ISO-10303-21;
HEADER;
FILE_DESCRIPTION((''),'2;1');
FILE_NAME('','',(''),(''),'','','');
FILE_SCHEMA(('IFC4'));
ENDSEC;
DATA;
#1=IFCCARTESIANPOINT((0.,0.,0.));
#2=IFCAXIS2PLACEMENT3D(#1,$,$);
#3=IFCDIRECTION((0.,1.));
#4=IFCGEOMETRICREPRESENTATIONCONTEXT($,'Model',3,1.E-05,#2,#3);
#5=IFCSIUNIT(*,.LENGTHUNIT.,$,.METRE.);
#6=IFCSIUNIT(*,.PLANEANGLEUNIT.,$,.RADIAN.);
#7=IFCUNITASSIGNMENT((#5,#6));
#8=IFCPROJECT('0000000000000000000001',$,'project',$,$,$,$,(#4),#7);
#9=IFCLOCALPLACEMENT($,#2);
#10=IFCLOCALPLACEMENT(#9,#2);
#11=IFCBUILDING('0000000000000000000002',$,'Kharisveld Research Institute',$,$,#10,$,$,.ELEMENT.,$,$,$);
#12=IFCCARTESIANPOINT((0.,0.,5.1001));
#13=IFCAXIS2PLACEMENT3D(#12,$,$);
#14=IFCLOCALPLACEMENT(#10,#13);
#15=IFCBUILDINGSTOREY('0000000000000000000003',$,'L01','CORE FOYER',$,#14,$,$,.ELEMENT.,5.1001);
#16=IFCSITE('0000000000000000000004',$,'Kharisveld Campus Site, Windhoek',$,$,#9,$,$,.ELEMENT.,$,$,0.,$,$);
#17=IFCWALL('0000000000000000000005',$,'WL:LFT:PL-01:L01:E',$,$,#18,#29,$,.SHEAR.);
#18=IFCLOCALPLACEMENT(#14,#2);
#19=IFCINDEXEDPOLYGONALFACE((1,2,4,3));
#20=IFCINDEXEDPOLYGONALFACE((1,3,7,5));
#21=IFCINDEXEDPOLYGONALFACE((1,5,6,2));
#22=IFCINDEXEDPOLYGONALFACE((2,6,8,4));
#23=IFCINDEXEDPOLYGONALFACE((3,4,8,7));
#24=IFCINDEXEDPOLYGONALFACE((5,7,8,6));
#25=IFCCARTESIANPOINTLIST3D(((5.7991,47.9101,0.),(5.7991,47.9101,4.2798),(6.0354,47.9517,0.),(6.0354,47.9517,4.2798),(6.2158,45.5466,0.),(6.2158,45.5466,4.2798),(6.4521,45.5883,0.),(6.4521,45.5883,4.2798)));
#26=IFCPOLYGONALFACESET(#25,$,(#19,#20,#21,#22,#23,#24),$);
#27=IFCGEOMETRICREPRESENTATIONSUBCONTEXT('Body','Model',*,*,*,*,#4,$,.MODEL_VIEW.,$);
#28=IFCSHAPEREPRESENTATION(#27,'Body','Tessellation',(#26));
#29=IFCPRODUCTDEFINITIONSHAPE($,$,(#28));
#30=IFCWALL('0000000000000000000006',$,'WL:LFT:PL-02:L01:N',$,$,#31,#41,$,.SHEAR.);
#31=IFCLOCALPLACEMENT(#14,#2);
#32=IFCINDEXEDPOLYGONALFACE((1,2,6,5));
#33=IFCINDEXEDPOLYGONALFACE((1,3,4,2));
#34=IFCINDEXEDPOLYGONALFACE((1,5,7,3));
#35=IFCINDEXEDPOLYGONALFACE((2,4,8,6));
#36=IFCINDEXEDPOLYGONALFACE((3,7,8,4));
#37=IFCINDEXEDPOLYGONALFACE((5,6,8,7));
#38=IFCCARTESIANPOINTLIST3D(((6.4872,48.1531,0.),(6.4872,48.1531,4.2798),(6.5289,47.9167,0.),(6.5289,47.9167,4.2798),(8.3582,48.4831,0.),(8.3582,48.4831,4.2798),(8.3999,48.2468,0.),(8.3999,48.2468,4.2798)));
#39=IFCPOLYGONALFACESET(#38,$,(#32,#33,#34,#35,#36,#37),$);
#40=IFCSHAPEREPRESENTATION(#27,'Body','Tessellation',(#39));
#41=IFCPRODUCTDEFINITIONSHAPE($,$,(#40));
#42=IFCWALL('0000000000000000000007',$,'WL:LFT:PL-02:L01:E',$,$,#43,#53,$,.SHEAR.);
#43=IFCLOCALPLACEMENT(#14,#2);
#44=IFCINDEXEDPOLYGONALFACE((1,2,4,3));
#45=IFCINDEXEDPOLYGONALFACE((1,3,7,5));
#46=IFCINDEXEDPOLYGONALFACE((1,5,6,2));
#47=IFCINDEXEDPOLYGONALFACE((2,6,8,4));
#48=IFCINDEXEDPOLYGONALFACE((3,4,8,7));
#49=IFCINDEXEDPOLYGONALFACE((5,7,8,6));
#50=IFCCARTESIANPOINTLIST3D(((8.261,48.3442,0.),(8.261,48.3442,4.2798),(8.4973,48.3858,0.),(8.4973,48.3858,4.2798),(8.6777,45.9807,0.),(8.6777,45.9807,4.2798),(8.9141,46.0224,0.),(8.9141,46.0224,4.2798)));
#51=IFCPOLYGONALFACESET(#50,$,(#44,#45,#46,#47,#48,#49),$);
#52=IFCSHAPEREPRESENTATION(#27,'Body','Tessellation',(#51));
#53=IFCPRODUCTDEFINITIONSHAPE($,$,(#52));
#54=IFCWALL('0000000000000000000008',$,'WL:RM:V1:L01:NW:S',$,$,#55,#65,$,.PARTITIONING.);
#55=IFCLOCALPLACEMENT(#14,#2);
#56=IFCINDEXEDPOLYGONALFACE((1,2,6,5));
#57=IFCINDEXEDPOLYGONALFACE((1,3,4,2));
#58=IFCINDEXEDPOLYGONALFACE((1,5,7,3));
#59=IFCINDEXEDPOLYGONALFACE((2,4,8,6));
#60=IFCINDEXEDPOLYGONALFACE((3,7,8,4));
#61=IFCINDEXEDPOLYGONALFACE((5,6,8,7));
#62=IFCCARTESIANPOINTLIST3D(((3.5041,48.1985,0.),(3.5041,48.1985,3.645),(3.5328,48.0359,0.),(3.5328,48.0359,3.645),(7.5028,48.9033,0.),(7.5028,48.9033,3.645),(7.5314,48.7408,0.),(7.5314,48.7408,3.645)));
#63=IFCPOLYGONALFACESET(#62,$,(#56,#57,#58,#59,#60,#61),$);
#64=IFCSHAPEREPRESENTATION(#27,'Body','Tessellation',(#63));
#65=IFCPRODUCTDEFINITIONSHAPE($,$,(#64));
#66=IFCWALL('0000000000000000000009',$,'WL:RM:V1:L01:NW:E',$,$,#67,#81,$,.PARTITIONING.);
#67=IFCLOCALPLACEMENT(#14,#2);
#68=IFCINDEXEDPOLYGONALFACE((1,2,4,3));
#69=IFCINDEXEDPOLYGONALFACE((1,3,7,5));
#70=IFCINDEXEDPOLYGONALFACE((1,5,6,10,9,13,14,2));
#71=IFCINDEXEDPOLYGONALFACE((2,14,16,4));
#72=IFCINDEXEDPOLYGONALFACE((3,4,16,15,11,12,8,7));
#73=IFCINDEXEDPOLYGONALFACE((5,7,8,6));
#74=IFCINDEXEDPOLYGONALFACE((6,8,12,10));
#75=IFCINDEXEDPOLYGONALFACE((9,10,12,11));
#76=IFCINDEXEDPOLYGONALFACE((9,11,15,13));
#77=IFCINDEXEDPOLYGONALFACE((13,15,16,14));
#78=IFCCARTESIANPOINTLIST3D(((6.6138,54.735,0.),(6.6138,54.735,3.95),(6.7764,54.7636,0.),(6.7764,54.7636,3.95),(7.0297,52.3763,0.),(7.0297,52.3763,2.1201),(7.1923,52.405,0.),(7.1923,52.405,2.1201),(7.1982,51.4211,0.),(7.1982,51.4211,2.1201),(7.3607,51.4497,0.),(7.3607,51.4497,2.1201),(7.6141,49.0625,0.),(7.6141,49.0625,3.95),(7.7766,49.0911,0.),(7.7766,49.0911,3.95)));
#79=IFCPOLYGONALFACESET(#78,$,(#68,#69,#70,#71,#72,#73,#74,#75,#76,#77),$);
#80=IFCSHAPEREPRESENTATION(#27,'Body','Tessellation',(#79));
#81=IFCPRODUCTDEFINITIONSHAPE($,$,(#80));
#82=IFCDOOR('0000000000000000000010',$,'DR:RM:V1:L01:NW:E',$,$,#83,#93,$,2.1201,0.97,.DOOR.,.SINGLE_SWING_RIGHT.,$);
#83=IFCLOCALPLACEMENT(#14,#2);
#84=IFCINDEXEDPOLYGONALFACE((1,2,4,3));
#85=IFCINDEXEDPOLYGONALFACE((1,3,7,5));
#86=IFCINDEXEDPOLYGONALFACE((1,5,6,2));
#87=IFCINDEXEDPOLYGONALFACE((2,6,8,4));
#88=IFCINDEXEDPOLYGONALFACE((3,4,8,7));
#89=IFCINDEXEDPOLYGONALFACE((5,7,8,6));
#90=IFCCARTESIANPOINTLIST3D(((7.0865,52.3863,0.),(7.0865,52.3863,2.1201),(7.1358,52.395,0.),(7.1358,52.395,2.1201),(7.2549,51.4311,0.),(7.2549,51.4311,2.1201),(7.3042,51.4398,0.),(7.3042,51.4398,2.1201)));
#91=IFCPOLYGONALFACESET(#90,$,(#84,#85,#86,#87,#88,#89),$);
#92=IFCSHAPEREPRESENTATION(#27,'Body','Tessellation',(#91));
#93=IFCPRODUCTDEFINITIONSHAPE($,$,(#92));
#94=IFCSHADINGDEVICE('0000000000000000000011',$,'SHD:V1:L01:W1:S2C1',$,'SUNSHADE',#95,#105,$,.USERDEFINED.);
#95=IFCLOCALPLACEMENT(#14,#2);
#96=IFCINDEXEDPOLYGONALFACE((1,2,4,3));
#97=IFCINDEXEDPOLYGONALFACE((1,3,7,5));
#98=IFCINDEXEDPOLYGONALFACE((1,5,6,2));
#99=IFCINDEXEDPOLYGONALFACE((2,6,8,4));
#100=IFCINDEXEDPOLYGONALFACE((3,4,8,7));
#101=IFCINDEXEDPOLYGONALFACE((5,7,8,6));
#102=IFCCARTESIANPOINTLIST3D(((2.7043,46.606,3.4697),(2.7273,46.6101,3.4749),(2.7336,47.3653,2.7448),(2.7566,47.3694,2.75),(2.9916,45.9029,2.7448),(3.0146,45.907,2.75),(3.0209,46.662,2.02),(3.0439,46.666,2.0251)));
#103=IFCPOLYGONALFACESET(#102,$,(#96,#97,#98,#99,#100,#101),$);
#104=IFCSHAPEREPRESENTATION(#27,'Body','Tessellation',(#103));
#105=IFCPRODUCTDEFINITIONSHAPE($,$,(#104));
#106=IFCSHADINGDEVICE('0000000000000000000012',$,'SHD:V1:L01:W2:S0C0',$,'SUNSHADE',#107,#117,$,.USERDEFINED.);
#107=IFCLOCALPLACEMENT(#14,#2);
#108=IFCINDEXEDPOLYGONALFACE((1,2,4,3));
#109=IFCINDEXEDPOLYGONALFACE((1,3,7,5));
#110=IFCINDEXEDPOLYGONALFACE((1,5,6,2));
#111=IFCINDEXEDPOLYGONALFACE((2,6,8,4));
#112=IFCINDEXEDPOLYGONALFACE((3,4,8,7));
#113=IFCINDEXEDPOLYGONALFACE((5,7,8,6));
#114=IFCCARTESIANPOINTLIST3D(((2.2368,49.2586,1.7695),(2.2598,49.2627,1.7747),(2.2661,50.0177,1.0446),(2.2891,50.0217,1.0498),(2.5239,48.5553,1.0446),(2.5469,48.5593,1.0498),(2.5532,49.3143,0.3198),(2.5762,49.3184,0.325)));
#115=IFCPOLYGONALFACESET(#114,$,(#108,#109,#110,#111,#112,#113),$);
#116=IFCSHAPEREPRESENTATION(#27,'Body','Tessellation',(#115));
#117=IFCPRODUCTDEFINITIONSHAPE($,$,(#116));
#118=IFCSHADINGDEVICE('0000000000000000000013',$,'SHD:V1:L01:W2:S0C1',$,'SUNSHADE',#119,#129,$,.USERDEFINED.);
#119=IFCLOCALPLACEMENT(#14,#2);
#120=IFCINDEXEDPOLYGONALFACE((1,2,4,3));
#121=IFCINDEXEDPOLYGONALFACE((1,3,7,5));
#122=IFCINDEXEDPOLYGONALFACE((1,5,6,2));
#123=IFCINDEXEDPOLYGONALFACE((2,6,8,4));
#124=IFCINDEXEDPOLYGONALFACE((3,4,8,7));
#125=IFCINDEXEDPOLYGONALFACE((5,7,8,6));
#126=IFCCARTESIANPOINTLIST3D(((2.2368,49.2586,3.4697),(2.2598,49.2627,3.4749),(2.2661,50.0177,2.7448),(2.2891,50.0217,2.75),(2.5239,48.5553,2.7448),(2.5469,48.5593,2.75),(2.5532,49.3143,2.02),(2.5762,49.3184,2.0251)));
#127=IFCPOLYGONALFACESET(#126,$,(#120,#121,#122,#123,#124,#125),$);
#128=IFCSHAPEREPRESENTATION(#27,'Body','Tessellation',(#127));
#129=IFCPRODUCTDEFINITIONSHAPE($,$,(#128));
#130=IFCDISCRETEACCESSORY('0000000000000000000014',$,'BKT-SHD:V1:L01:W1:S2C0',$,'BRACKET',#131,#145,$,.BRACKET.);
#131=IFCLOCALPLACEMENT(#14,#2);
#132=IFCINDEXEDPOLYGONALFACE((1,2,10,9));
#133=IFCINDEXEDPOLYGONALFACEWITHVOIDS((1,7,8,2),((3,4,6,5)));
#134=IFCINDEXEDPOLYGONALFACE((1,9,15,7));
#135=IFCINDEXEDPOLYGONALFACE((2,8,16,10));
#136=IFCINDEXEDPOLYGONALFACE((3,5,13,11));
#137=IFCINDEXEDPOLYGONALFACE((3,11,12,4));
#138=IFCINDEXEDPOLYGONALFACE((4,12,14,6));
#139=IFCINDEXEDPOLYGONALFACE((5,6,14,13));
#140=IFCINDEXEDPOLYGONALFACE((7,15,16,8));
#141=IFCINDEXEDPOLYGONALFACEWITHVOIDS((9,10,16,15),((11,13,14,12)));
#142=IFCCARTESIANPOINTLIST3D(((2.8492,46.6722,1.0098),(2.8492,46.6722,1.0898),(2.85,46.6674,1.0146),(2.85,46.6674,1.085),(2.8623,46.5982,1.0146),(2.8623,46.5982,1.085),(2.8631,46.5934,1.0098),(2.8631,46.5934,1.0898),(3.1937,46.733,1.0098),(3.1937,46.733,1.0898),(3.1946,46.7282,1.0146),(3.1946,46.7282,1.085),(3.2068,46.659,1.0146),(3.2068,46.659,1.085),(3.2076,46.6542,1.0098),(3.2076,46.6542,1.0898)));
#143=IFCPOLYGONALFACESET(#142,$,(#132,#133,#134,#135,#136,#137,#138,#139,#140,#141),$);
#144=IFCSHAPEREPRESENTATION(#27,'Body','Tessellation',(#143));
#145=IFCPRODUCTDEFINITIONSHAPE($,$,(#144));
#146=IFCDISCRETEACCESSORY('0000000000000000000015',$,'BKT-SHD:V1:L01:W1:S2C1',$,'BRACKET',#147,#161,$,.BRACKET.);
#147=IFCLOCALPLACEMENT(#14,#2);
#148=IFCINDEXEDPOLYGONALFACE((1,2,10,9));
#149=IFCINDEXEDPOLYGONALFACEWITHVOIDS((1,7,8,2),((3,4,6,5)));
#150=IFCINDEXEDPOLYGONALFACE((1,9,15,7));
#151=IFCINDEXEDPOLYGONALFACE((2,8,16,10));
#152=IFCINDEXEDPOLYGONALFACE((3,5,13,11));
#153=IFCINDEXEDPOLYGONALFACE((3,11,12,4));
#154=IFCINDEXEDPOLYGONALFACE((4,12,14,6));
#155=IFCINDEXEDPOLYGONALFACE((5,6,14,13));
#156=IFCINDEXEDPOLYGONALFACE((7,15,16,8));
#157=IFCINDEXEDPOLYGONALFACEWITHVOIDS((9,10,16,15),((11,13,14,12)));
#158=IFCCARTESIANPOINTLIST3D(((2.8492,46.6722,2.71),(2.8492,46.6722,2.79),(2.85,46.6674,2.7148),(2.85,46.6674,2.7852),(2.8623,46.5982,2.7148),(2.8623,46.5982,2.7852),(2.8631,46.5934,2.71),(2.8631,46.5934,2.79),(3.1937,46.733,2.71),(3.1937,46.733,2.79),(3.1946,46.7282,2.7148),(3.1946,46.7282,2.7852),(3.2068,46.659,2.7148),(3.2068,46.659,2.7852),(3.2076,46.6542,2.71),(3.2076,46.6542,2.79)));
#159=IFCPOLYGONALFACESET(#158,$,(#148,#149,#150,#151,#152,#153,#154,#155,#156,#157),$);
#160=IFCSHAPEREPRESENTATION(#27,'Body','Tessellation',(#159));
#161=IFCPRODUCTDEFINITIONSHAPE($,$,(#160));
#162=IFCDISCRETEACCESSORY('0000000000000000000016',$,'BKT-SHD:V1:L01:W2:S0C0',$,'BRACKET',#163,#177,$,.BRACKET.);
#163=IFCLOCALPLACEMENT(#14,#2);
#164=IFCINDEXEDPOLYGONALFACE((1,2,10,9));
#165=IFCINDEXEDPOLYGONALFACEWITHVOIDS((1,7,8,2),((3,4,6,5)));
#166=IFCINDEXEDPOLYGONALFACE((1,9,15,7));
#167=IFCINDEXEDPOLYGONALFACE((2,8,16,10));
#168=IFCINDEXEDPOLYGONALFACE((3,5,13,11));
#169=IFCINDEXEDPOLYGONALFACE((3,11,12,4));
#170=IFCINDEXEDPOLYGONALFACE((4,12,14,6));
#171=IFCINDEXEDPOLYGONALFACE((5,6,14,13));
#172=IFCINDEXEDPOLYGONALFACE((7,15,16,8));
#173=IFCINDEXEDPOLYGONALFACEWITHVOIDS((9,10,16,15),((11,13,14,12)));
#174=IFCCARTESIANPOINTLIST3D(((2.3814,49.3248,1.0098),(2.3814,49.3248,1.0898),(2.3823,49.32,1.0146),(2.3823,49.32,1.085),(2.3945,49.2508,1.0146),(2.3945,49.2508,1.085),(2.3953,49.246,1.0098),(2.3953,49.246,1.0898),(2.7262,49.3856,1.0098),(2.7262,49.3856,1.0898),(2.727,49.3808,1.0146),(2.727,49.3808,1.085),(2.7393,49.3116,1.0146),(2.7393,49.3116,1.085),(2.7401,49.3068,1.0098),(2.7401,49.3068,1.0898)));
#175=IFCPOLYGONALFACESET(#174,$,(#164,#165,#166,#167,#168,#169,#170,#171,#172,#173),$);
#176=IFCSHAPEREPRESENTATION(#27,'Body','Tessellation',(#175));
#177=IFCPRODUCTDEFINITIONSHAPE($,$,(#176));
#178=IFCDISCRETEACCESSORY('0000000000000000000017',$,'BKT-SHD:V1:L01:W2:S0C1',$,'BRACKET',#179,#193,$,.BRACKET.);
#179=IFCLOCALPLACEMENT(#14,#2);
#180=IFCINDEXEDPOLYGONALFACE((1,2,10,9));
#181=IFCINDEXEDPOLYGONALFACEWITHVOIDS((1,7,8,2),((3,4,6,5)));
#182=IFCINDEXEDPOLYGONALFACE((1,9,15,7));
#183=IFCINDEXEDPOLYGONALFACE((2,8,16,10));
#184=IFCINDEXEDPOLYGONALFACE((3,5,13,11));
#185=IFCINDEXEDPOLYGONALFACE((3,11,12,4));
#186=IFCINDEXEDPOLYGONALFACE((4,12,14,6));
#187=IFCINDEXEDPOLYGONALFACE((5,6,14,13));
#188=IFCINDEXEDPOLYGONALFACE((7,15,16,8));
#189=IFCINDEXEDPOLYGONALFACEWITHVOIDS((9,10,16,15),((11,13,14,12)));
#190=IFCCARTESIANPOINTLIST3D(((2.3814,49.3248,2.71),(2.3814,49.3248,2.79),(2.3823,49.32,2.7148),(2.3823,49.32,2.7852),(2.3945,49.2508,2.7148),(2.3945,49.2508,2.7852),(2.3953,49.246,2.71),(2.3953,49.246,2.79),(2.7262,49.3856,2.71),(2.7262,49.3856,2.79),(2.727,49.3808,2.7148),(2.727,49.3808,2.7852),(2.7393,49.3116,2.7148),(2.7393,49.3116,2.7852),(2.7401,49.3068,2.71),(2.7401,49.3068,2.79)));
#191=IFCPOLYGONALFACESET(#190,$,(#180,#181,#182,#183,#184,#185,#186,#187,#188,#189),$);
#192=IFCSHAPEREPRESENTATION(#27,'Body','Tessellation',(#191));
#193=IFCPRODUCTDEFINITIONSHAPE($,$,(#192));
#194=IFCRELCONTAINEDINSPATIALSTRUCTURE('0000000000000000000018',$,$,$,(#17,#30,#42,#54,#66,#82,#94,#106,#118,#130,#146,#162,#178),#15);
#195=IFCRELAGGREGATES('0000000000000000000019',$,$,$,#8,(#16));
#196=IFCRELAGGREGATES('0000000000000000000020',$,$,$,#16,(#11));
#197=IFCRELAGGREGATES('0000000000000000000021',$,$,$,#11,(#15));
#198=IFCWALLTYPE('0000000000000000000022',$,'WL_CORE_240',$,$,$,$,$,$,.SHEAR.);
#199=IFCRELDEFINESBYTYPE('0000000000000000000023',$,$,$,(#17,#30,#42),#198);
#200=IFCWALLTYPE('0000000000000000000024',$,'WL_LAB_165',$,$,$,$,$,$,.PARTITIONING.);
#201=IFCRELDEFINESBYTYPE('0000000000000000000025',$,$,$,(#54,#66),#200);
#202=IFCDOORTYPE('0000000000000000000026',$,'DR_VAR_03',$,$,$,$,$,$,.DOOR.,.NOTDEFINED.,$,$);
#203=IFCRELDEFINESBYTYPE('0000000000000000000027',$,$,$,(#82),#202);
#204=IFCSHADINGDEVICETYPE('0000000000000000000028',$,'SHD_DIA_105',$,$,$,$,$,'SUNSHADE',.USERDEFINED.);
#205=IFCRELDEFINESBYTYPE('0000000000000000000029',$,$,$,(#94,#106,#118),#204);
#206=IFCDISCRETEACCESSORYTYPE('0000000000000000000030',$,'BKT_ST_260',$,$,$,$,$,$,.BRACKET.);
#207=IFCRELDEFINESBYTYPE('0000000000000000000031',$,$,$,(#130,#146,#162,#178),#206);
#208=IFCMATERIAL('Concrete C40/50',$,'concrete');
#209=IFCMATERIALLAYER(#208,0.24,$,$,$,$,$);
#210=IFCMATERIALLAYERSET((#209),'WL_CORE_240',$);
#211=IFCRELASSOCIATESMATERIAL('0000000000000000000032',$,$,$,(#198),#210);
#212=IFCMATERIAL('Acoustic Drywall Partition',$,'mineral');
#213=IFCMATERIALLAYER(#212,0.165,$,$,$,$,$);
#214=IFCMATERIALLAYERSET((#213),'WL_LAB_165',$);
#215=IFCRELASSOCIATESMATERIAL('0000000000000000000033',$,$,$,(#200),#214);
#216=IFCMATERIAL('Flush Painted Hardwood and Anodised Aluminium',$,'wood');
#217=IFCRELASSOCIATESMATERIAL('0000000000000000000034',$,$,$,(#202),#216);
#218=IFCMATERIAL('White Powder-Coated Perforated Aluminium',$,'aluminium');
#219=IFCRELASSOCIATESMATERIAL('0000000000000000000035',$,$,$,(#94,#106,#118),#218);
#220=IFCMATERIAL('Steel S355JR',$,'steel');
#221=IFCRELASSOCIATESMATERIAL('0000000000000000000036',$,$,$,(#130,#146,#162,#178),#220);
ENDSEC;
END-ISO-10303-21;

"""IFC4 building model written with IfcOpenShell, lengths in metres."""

from ifc_helpers import new_model, si_unit, direction, frame, frame_2d, origin, origin_2d, place, context, subcontext, project, spatial, polyline, rectangle, hollow_rectangle, outline, extrude, material, layer, layer_set, type_object, element, fill, save


model = new_model("IFC4")

# Units and contexts
model_context = context("Model", 3, precision=1e-05, world=origin(), true_north=direction((0.0, 1.0)))
body_context = subcontext(model_context, "Body", "Model", "MODEL_VIEW")
ifc_project = project(units=[si_unit("LENGTHUNIT", "METRE"), si_unit("PLANEANGLEUNIT", "RADIAN")], contexts=[model_context])

# Site, building, storey
site_placement = place(None, origin())
site = spatial("IfcSite", under=ifc_project, at=site_placement, Name="Kharisveld Campus Site, Windhoek", CompositionType="ELEMENT", RefElevation=0.0)
building_placement = place(site_placement, origin())
building = spatial("IfcBuilding", under=site, at=building_placement, Name="Kharisveld Research Institute", CompositionType="ELEMENT")
storey_placement = place(building_placement, frame((0.0, 0.0, 5.1001)))
storey = spatial("IfcBuildingStorey", under=building, at=storey_placement, Name="L01", Description="CORE FOYER", CompositionType="ELEMENT", Elevation=5.1001)

# Walls
ifc_material_1 = material(Name="Concrete C40/50", Category="concrete")
ifc_layer_1 = layer(ifc_material_1, 0.24)
ifc_layer_set_1 = layer_set([ifc_layer_1], Name="WL_CORE_240")
wall_type_1 = type_object("IfcWallType", Name="WL_CORE_240", PredefinedType="SHEAR", material=ifc_layer_set_1)
wall_1_placement = place(storey_placement, frame((5.9172, 47.9309, 0.0), z_axis=(0.0, 0.0, 1.0), x_axis=(0.173646, -0.984808, 0.0)))
element("IfcWall", 1, at=wall_1_placement, inside=storey, type_object=wall_type_1, Name="WL:LFT:PL-01:L01:E", PredefinedType="SHEAR", context=body_context, shape_type="SweptSolid", body=[
    extrude(rectangle(XDim=2.3999, YDim=0.24, at=frame_2d((1.2, 0.0))), origin(), (0.0, 0.0, 1.0), 4.2798),
])
wall_2_placement = place(storey_placement, frame((6.5081, 48.0349, 0.0), z_axis=(0.0, 0.0, 1.0), x_axis=(0.984794, 0.173727, 0.0)))
element("IfcWall", 2, at=wall_2_placement, inside=storey, type_object=wall_type_1, Name="WL:LFT:PL-02:L01:N", PredefinedType="SHEAR", context=body_context, shape_type="SweptSolid", body=[
    extrude(rectangle(XDim=1.8999, YDim=0.24, at=frame_2d((0.95, 0.0))), origin(), (0.0, 0.0, 1.0), 4.2798),
])
wall_3_placement = place(storey_placement, frame((8.3792, 48.365, 0.0), z_axis=(0.0, 0.0, 1.0), x_axis=(0.173646, -0.984808, 0.0)))
element("IfcWall", 3, at=wall_3_placement, inside=storey, type_object=wall_type_1, Name="WL:LFT:PL-02:L01:E", PredefinedType="SHEAR", context=body_context, shape_type="SweptSolid", body=[
    extrude(rectangle(XDim=2.3999, YDim=0.24, at=frame_2d((1.2, 0.0))), origin(), (0.0, 0.0, 1.0), 4.2798),
])
ifc_material_2 = material(Name="Acoustic Drywall Partition", Category="mineral")
ifc_layer_2 = layer(ifc_material_2, 0.165)
ifc_layer_set_2 = layer_set([ifc_layer_2], Name="WL_LAB_165")
wall_type_2 = type_object("IfcWallType", Name="WL_LAB_165", PredefinedType="PARTITIONING", material=ifc_layer_set_2)
wall_4_placement = place(storey_placement, frame((3.5183, 48.1172, 0.0), z_axis=(0.0, 0.0, 1.0), x_axis=(0.984817, 0.173597, 0.0)))
element("IfcWall", 4, at=wall_4_placement, inside=storey, type_object=wall_type_2, Name="WL:RM:V1:L01:NW:S", PredefinedType="PARTITIONING", context=body_context, shape_type="SweptSolid", body=[
    extrude(rectangle(XDim=4.0603, YDim=0.165, at=frame_2d((2.0303, 0.0))), origin(), (0.0, 0.0, 1.0), 3.645),
])

# Wall, opening, door
wall_5_placement = place(storey_placement, frame((7.6953, 49.0769, 0.0), z_axis=(0.0, 0.0, 1.0), x_axis=(-0.17365, 0.984807, 0.0)))
wall_5 = element("IfcWall", 5, at=wall_5_placement, inside=storey, type_object=wall_type_2, Name="WL:RM:V1:L01:NW:E", PredefinedType="PARTITIONING", context=body_context, shape_type="SweptSolid", body=[
    extrude(rectangle(XDim=5.76, YDim=0.165, at=frame_2d((2.8799, 0.0))), origin(), (0.0, 0.0, 1.0), 3.95),
])
opening_placement = place(wall_5_placement, frame((2.395, 0.0, 0.0)))
opening = element("IfcOpeningElement", 6, at=opening_placement, cuts=wall_5, PredefinedType="OPENING", context=body_context, shape_type="SweptSolid", body=[
    extrude(rectangle(XDim=0.97, YDim=2.1201, at=frame_2d((0.4849, 1.0601))), frame((0.0, 0.0825, 0.0), z_axis=(0.0, -1.0, 0.0), x_axis=(1.0, 0.0, 0.0)), (0.0, 0.0, 1.0), 0.165),
])
ifc_material_3 = material(Name="Flush Painted Hardwood and Anodised Aluminium", Category="wood")
door_type = type_object("IfcDoorType", Name="DR_VAR_03", OperationType="NOTDEFINED", PredefinedType="DOOR", material=ifc_material_3)
door_placement = place(opening_placement, origin())
door = element("IfcDoor", 7, at=door_placement, inside=storey, type_object=door_type, Name="DR:RM:V1:L01:NW:E", OperationType="SINGLE_SWING_RIGHT", OverallHeight=2.1201, OverallWidth=0.97, PredefinedType="DOOR", context=body_context, shape_type="SweptSolid", body=[
    extrude(rectangle(XDim=0.97, YDim=2.1201, at=frame_2d((0.4849, 1.0601))), frame((0.0, 0.0249, 0.0), z_axis=(0.0, -1.0, 0.0), x_axis=(1.0, 0.0, 0.0)), (0.0, 0.0, 1.0), 0.05),
])
fill(opening, door)

# Shading devices
ifc_material_4 = material(Name="White Powder-Coated Perforated Aluminium", Category="aluminium")
shading_device_type = type_object("IfcShadingDeviceType", Name="SHD_DIA_105", ElementType="SUNSHADE", PredefinedType="USERDEFINED")
shading_device_placement = place(storey_placement, frame((3.0439, 46.666, 2.0251), z_axis=(0.96142, 0.169653, 0.21654), x_axis=(-0.273663, 0.669807, 0.690266)))
element("IfcShadingDevice", 8, at=shading_device_placement, inside=storey, type_object=shading_device_type, material=ifc_material_4, Name="SHD:V1:L01:W1:S2C1", ObjectType="SUNSHADE", PredefinedType="USERDEFINED", context=body_context, shape_type="SweptSolid", body=[
    extrude(outline(polyline([(0.0, 0.0), (1.0501, 0.0), (1.0499, 1.0501), (0.0, 1.05), (0.0, 0.0)])), origin(), (0.0, 0.0, -1.0), 0.0239),
])
for number, where, z_axis, x_axis, name in (
    (9, (2.5762, 49.3184, 0.325), (0.961487, 0.169504, 0.216358), (-0.273429, 0.669853, 0.690314), "SHD:V1:L01:W2:S0C0"),
    (10, (2.5762, 49.3184, 2.0251), (0.961487, 0.169504, 0.216358), (-0.273429, 0.669853, 0.690314), "SHD:V1:L01:W2:S0C1"),
):
    element("IfcShadingDevice", number, at=place(storey_placement, frame(where, z_axis=z_axis, x_axis=x_axis)), inside=storey, type_object=shading_device_type, material=ifc_material_4, Name=name, ObjectType="SUNSHADE", PredefinedType="USERDEFINED", context=body_context, shape_type="SweptSolid", body=[
        extrude(outline(polyline([(0.0, 0.0), (1.05, 0.0), (1.05, 1.05), (-0.0001, 1.05), (0.0, 0.0)])), origin(), (0.0, 0.0, -1.0), 0.0239),
    ])

# Discrete accessories
ifc_material_5 = material(Name="Steel S355JR", Category="steel")
discrete_accessory_type = type_object("IfcDiscreteAccessoryType", Name="BKT_ST_260", PredefinedType="BRACKET")
for number, where, z_axis, x_axis, name in (
    (11, (3.2007, 46.6936, 1.0498), (-0.984784, -0.173785, 0.0), (0.173785, -0.984784, 0.0), "BKT-SHD:V1:L01:W1:S2C0"),
    (12, (3.2007, 46.6936, 2.75), (-0.984784, -0.173785, 0.0), (0.173785, -0.984784, 0.0), "BKT-SHD:V1:L01:W1:S2C1"),
):
    element("IfcDiscreteAccessory", number, at=place(storey_placement, frame(where, z_axis=z_axis, x_axis=x_axis)), inside=storey, type_object=discrete_accessory_type, material=ifc_material_5, Name=name, ObjectType="BRACKET", PredefinedType="BRACKET", context=body_context, shape_type="SweptSolid", body=[
        extrude(hollow_rectangle(XDim=0.0801, YDim=0.0801, WallThickness=0.0049, at=origin_2d()), origin(), (0.0, 0.0, 1.0), 0.3499),
    ])
for number, where, z_axis, x_axis, name in (
    (13, (2.7332, 49.3462, 1.0498), (-0.984805, -0.173666, 0.0), (0.173666, -0.984805, 0.0), "BKT-SHD:V1:L01:W2:S0C0"),
    (14, (2.7332, 49.3462, 2.75), (-0.984805, -0.173666, 0.0), (0.173666, -0.984805, 0.0), "BKT-SHD:V1:L01:W2:S0C1"),
):
    element("IfcDiscreteAccessory", number, at=place(storey_placement, frame(where, z_axis=z_axis, x_axis=x_axis)), inside=storey, type_object=discrete_accessory_type, material=ifc_material_5, Name=name, ObjectType="BRACKET", PredefinedType="BRACKET", context=body_context, shape_type="SweptSolid", body=[
        extrude(hollow_rectangle(XDim=0.0801, YDim=0.0801, WallThickness=0.0049, at=origin_2d()), origin(), (0.0, 0.0, 1.0), 0.3501),
    ])

save(model, "model.ifc")
